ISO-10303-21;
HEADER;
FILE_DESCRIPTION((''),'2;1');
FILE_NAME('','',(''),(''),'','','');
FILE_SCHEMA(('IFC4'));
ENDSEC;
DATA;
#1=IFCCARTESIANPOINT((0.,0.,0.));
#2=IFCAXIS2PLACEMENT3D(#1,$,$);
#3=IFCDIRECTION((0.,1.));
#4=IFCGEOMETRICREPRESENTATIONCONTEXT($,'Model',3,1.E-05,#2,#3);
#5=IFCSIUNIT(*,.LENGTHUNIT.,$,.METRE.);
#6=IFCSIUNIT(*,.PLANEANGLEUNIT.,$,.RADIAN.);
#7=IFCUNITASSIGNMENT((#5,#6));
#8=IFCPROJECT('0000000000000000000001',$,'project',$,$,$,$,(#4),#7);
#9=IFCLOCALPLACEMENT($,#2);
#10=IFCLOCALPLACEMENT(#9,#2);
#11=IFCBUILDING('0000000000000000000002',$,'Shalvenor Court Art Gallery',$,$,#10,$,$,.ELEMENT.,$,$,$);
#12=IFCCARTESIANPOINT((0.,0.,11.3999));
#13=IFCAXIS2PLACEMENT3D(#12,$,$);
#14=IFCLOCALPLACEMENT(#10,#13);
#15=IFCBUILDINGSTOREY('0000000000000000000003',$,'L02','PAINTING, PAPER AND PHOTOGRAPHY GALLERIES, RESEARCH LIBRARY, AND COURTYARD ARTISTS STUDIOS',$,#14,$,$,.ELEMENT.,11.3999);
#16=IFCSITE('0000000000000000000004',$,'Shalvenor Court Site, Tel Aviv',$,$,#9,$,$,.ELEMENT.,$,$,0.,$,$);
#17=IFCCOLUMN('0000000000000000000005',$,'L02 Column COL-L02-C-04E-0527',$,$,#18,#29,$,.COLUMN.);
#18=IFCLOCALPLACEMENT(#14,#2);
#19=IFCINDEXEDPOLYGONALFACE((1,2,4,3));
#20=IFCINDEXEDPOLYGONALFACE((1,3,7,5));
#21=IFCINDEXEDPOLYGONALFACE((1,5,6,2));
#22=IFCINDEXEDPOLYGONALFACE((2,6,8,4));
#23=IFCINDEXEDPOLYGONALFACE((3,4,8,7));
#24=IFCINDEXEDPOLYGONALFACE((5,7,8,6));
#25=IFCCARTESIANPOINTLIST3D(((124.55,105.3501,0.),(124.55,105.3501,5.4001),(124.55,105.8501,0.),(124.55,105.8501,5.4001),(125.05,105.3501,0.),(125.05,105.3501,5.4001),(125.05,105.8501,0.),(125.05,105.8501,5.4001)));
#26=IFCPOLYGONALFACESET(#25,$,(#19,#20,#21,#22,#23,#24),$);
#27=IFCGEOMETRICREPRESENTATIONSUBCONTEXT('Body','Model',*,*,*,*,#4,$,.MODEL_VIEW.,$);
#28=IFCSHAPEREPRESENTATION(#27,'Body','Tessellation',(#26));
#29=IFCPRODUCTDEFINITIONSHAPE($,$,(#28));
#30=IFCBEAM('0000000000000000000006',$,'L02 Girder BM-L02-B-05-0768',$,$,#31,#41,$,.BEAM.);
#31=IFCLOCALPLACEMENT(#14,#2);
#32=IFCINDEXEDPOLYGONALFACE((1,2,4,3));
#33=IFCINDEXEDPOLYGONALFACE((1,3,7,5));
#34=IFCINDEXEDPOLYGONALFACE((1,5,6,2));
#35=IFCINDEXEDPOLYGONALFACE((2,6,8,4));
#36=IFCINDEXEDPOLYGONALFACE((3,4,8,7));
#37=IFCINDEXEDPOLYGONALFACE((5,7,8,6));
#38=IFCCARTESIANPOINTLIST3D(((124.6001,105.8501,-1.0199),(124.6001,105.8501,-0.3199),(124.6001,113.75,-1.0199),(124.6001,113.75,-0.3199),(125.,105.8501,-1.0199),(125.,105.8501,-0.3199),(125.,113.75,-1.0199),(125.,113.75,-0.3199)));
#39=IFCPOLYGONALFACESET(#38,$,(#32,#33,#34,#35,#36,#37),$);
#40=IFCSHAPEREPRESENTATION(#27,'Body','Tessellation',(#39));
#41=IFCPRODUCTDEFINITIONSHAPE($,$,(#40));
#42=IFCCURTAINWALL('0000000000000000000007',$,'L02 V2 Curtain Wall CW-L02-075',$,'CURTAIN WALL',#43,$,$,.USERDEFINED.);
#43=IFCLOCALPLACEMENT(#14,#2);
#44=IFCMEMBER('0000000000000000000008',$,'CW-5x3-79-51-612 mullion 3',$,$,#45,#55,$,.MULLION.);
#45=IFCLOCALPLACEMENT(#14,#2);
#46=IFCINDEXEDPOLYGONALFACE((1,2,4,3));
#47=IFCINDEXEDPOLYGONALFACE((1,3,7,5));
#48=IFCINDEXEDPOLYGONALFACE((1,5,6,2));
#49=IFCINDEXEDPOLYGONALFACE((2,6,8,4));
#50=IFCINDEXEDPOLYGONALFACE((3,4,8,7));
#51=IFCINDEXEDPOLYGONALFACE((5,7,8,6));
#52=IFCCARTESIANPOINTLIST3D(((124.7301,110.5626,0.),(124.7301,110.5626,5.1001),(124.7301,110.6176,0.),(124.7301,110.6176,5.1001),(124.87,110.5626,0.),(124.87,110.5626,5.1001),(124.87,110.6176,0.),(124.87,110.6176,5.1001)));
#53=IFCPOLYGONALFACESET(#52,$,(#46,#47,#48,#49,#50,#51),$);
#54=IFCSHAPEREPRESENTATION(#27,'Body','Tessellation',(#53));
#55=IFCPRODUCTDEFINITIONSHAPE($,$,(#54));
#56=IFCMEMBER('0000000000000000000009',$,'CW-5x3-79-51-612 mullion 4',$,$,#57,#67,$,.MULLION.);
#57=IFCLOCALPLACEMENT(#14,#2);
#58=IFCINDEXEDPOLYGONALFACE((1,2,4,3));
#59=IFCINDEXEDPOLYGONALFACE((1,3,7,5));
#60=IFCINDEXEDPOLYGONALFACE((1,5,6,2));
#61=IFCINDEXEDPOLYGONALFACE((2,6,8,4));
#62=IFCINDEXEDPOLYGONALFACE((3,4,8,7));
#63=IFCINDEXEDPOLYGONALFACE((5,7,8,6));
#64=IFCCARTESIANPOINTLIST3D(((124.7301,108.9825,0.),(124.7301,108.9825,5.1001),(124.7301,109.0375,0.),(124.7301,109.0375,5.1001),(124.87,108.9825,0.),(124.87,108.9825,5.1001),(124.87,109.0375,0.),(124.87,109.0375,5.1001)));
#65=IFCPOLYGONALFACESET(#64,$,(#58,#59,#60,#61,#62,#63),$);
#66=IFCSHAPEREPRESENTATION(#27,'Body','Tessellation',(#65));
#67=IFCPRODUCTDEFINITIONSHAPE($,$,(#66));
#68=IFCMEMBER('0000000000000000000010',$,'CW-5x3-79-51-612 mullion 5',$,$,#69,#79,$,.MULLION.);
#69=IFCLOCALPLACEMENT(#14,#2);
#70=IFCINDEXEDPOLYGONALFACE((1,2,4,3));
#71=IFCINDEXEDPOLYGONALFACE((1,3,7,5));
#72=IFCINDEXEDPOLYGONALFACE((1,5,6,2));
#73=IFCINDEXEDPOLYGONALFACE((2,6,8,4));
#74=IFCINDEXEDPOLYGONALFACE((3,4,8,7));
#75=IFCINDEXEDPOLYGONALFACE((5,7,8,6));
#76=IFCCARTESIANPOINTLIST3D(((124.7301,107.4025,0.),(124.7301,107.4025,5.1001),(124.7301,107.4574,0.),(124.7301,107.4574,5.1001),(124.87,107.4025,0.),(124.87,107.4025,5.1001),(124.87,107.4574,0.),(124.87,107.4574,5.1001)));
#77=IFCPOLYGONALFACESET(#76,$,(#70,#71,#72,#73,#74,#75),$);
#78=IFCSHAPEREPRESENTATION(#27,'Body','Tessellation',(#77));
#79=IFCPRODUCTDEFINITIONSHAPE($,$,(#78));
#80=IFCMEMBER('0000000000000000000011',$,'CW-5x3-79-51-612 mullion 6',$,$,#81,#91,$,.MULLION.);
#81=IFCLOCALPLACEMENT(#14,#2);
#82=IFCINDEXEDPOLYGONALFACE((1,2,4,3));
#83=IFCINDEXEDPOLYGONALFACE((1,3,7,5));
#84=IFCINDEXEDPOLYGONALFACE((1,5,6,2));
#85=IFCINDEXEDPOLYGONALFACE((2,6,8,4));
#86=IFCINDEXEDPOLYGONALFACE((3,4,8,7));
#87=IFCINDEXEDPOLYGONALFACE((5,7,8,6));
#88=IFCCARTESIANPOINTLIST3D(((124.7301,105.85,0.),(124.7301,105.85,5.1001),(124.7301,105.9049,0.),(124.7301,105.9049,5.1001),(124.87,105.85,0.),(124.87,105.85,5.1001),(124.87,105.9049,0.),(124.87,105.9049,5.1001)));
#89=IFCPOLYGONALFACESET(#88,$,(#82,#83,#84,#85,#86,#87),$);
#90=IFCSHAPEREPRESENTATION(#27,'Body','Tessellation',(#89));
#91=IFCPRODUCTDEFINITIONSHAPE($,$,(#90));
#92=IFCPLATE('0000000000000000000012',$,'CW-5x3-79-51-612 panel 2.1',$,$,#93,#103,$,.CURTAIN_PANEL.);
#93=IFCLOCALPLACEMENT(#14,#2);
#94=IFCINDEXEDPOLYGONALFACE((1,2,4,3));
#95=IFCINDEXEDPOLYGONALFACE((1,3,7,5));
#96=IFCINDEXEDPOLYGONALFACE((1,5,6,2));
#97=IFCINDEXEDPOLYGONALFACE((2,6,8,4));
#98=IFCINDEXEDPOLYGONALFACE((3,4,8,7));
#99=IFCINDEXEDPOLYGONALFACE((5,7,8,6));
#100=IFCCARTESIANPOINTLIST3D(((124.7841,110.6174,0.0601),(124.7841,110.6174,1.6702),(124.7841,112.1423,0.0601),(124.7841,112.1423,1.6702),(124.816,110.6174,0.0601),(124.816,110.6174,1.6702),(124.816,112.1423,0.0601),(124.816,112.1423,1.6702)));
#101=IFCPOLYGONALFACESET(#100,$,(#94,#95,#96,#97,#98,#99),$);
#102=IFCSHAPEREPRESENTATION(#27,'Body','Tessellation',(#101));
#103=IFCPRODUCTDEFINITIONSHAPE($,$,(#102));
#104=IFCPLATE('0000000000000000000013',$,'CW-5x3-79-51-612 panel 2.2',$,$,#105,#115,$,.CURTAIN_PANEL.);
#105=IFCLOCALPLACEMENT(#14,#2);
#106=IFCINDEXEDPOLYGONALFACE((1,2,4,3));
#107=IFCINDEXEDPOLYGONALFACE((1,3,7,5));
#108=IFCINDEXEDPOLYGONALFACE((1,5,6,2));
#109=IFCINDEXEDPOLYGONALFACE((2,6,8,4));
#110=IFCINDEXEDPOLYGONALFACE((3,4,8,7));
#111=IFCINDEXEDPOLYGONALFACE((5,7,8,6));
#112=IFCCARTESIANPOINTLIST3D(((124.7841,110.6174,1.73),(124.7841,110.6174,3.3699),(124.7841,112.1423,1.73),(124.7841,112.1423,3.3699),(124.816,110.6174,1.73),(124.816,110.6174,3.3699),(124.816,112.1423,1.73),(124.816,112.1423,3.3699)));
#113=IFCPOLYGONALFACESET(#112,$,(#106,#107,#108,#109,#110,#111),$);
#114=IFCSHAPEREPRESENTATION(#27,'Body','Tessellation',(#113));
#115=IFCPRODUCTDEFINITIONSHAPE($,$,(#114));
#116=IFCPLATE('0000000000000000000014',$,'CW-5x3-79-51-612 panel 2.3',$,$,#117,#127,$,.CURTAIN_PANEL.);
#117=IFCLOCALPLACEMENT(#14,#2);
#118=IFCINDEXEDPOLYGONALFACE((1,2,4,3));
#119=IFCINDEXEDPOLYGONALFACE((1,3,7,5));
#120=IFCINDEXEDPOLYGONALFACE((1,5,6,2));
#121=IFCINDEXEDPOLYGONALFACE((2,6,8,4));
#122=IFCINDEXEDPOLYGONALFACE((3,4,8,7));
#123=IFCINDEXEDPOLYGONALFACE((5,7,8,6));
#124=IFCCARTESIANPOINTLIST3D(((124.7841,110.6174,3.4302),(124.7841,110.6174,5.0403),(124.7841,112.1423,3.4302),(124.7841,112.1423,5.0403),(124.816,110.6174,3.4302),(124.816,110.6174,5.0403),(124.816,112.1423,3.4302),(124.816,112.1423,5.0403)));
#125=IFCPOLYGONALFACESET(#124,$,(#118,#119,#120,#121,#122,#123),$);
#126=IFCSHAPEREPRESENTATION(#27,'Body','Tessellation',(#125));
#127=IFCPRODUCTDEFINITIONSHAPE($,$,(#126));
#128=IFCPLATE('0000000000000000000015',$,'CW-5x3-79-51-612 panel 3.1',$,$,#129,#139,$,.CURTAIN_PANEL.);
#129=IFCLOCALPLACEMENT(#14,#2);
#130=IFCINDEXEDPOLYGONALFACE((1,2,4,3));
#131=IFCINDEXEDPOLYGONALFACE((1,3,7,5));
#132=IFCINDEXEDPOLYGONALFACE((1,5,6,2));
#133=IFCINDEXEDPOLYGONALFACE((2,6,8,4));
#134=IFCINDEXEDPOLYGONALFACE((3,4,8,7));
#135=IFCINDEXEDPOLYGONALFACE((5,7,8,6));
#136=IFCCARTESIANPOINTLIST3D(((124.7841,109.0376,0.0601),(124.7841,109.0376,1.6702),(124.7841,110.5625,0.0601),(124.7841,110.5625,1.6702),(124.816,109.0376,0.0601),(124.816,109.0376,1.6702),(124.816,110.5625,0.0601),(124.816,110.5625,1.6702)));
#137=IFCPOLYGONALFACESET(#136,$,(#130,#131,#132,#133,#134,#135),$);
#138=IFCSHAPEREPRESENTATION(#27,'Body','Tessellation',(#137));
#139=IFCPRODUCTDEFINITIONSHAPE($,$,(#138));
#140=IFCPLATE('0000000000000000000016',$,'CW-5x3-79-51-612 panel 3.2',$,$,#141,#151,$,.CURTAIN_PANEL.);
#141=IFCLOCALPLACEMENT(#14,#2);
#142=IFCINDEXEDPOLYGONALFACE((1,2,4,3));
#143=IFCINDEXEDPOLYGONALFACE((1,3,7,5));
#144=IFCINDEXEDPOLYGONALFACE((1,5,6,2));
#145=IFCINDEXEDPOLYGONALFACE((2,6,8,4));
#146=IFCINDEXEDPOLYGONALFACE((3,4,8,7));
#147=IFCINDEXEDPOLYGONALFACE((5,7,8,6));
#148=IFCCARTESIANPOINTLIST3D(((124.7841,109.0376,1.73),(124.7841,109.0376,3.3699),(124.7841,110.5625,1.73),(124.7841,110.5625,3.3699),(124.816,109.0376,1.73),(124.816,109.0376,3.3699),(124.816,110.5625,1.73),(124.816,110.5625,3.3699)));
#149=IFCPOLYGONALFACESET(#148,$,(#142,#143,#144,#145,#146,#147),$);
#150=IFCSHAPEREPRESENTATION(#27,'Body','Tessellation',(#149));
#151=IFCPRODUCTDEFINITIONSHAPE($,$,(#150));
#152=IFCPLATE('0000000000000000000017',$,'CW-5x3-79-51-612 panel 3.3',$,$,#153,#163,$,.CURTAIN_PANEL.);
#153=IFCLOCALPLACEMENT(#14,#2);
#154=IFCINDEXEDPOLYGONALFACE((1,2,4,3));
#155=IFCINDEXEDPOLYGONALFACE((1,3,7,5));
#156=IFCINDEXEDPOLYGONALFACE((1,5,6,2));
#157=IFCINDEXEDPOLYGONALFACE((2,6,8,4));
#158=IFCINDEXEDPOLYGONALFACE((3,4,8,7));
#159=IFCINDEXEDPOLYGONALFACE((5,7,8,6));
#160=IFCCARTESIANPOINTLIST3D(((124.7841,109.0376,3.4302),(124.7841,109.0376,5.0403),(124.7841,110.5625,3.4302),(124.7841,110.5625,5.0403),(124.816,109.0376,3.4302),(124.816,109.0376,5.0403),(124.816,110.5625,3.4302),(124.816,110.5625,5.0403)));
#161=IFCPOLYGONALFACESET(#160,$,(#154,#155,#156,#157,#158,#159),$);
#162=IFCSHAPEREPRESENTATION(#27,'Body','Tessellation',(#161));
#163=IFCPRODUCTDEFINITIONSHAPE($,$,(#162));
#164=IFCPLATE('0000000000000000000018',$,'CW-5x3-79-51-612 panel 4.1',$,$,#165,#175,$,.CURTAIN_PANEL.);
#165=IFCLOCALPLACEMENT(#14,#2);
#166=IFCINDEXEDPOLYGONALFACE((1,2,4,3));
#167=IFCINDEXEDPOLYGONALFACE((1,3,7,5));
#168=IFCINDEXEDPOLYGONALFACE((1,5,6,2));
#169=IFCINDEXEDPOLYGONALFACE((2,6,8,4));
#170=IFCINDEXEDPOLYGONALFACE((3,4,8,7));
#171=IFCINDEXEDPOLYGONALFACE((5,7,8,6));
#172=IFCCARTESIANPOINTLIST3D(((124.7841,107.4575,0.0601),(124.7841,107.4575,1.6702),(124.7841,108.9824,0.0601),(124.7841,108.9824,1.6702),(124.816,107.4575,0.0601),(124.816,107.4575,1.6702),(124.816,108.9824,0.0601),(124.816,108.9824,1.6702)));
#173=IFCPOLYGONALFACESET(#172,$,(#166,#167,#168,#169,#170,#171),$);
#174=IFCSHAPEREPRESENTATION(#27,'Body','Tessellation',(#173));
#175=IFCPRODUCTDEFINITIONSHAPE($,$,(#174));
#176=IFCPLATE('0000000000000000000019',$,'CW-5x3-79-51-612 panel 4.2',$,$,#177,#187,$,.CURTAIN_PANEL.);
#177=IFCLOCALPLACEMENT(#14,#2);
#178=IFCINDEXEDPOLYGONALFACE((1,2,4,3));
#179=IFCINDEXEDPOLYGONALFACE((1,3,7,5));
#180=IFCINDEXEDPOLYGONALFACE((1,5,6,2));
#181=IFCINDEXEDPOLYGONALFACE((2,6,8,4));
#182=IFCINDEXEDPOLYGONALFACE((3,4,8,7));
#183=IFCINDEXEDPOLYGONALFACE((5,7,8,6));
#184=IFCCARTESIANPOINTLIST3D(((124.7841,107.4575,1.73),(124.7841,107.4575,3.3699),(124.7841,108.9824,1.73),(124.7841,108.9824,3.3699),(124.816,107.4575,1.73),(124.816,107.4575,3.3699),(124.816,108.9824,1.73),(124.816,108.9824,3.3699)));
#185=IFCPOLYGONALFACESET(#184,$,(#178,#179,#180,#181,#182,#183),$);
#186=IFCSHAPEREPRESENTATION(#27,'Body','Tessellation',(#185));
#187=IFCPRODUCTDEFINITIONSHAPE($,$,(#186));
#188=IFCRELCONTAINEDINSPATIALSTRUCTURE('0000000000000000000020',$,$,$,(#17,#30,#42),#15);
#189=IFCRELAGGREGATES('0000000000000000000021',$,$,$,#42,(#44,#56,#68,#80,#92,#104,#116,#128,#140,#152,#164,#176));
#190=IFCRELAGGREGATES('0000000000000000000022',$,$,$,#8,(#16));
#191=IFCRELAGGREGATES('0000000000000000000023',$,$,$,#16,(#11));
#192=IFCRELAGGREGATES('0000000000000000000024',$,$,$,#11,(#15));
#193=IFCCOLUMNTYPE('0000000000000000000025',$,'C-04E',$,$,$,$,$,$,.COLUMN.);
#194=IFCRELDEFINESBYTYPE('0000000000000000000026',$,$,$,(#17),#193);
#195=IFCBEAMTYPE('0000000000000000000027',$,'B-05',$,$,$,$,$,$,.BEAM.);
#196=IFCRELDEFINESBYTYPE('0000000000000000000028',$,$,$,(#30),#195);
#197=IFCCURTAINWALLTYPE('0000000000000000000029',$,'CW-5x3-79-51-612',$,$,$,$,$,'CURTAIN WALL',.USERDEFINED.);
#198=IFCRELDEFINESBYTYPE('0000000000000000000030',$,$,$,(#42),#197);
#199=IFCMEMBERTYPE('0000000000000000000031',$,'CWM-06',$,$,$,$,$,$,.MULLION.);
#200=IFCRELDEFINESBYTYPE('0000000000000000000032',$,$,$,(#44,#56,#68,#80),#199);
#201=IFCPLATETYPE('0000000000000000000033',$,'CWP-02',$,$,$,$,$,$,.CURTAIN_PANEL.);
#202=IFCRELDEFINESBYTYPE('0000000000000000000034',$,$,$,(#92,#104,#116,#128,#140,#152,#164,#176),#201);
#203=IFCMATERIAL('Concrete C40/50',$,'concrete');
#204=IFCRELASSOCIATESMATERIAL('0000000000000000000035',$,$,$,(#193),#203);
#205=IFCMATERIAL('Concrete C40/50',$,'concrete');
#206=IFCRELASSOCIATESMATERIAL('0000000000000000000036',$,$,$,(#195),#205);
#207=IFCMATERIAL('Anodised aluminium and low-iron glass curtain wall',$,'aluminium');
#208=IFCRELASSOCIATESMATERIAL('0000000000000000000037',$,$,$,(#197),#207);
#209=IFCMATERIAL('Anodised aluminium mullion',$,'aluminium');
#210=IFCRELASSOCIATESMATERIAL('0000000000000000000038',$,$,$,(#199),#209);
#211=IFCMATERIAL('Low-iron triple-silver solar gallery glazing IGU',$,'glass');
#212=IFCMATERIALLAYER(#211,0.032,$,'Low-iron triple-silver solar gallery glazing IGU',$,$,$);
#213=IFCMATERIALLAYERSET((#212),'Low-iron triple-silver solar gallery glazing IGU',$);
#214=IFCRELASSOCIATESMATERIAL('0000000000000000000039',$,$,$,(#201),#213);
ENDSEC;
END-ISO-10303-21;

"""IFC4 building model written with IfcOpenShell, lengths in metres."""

from ifc_helpers import new_model, si_unit, direction, frame, origin, origin_2d, place, context, subcontext, project, spatial, rectangle, extrude, material, layer, layer_set, material_profile, profile_set, type_object, element, aggregate, save


model = new_model("IFC4")

# Units and contexts
model_context = context("Model", 3, precision=1e-05, world=origin(), true_north=direction((0.0, 1.0)))
body_context = subcontext(model_context, "Body", "Model", "MODEL_VIEW")
ifc_project = project(units=[si_unit("LENGTHUNIT", "METRE"), si_unit("PLANEANGLEUNIT", "RADIAN")], contexts=[model_context])

# Site, building, storey
site_placement = place(None, origin())
site = spatial("IfcSite", under=ifc_project, at=site_placement, Name="Shalvenor Court Site, Tel Aviv", CompositionType="ELEMENT", RefElevation=0.0)
building_placement = place(site_placement, origin())
building = spatial("IfcBuilding", under=site, at=building_placement, Name="Shalvenor Court Art Gallery", CompositionType="ELEMENT")
storey_placement = place(building_placement, frame((0.0, 0.0, 11.3999)))
storey = spatial("IfcBuildingStorey", under=building, at=storey_placement, Name="L02", Description="PAINTING, PAPER AND PHOTOGRAPHY GALLERIES, RESEARCH LIBRARY, AND COURTYARD ARTISTS STUDIOS", CompositionType="ELEMENT", Elevation=11.3999)

# Column
ifc_material_1 = material(Name="Concrete C40/50", Category="concrete")
ifc_material_profile_1 = material_profile(ifc_material_1, rectangle(XDim=0.5, YDim=0.5, at=origin_2d()), Name="RC 500x500")
ifc_profile_set_1 = profile_set([ifc_material_profile_1], Name="Concrete C40/50")
column_type = type_object("IfcColumnType", Name="C-04E", PredefinedType="COLUMN", material=ifc_profile_set_1)
column_placement = place(storey_placement, frame((124.8, 105.6001, 0.0), z_axis=(0.0, 0.0, 1.0), x_axis=(1.0, 0.0, 0.0)))
element("IfcColumn", 1, at=column_placement, inside=storey, type_object=column_type, Name="L02 Column COL-L02-C-04E-0527", PredefinedType="COLUMN", context=body_context, shape_type="SweptSolid", body=[
    extrude(rectangle(XDim=0.5, YDim=0.5, at=origin_2d()), origin(), (0.0, 0.0, 1.0), 5.4001),
])

# Beam
ifc_material_2 = material(Name="Concrete C40/50", Category="concrete")
ifc_material_profile_2 = material_profile(ifc_material_2, rectangle(XDim=0.3999, YDim=0.7, at=origin_2d()), Name="RC 400x700")
ifc_profile_set_2 = profile_set([ifc_material_profile_2], Name="Concrete C40/50")
beam_type = type_object("IfcBeamType", Name="B-05", PredefinedType="BEAM", material=ifc_profile_set_2)
beam_placement = place(storey_placement, frame((124.8, 105.8501, -0.6699), z_axis=(0.0, 1.0, 0.0), x_axis=(-1.0, 0.0, 0.0)))
element("IfcBeam", 2, at=beam_placement, inside=storey, type_object=beam_type, Name="L02 Girder BM-L02-B-05-0768", PredefinedType="BEAM", context=body_context, shape_type="SweptSolid", body=[
    extrude(rectangle(XDim=0.3999, YDim=0.7, at=origin_2d()), origin(), (0.0, 0.0, 1.0), 7.8999),
])

# Curtain wall, members, plates
ifc_material_3 = material(Name="Anodised aluminium and low-iron glass curtain wall", Category="aluminium")
curtain_wall_type = type_object("IfcCurtainWallType", Name="CW-5x3-79-51-612", ElementType="CURTAIN WALL", PredefinedType="USERDEFINED", material=ifc_material_3)
curtain_wall_placement = place(storey_placement, origin())
curtain_wall = element("IfcCurtainWall", 3, at=curtain_wall_placement, inside=storey, type_object=curtain_wall_type, Name="L02 V2 Curtain Wall CW-L02-075", ObjectType="CURTAIN WALL", PredefinedType="USERDEFINED")
ifc_material_4 = material(Name="Anodised aluminium mullion", Category="aluminium")
ifc_material_profile_3 = material_profile(ifc_material_4, rectangle(XDim=0.0549, YDim=0.1399, at=origin_2d()), Name="CWM-06")
ifc_profile_set_3 = profile_set([ifc_material_profile_3], Name="Anodised aluminium mullion")
member_type = type_object("IfcMemberType", Name="CWM-06", PredefinedType="MULLION", material=ifc_profile_set_3)
member_1_placement = place(storey_placement, frame((124.8, 110.5901, 0.0), z_axis=(0.0, 0.0, 1.0), x_axis=(0.0, -1.0, 0.0)))
member_1 = element("IfcMember", 4, at=member_1_placement, type_object=member_type, Name="CW-5x3-79-51-612 mullion 3", PredefinedType="MULLION", context=body_context, shape_type="SweptSolid", body=[
    extrude(rectangle(XDim=0.0549, YDim=0.1399, at=origin_2d()), origin(), (0.0, 0.0, 1.0), 5.1001),
])
member_2_placement = place(storey_placement, frame((124.8, 109.01, 0.0), z_axis=(0.0, 0.0, 1.0), x_axis=(0.0, -1.0, 0.0)))
member_2 = element("IfcMember", 5, at=member_2_placement, type_object=member_type, Name="CW-5x3-79-51-612 mullion 4", PredefinedType="MULLION", context=body_context, shape_type="SweptSolid", body=[
    extrude(rectangle(XDim=0.0549, YDim=0.1399, at=origin_2d()), origin(), (0.0, 0.0, 1.0), 5.1001),
])
member_3_placement = place(storey_placement, frame((124.8, 107.4299, 0.0), z_axis=(0.0, 0.0, 1.0), x_axis=(0.0, -1.0, 0.0)))
member_3 = element("IfcMember", 6, at=member_3_placement, type_object=member_type, Name="CW-5x3-79-51-612 mullion 5", PredefinedType="MULLION", context=body_context, shape_type="SweptSolid", body=[
    extrude(rectangle(XDim=0.0549, YDim=0.1399, at=origin_2d()), origin(), (0.0, 0.0, 1.0), 5.1001),
])
member_4_placement = place(storey_placement, frame((124.8, 105.8774, 0.0), z_axis=(0.0, 0.0, 1.0), x_axis=(0.0, -1.0, 0.0)))
member_4 = element("IfcMember", 7, at=member_4_placement, type_object=member_type, Name="CW-5x3-79-51-612 mullion 6", PredefinedType="MULLION", context=body_context, shape_type="SweptSolid", body=[
    extrude(rectangle(XDim=0.0549, YDim=0.1399, at=origin_2d()), origin(), (0.0, 0.0, 1.0), 5.1001),
])
ifc_material_5 = material(Name="Low-iron triple-silver solar gallery glazing IGU", Category="glass")
ifc_layer_1 = layer(ifc_material_5, 0.032, Name="Low-iron triple-silver solar gallery glazing IGU")
ifc_layer_set_1 = layer_set([ifc_layer_1], Name="Low-iron triple-silver solar gallery glazing IGU")
plate_type_1 = type_object("IfcPlateType", Name="CWP-02", PredefinedType="CURTAIN_PANEL", material=ifc_layer_set_1)
plate_1_placement = place(storey_placement, frame((124.8, 111.3799, 0.0601), z_axis=(0.0, 0.0, 1.0), x_axis=(0.0, -1.0, 0.0)))
plate_1 = element("IfcPlate", 8, at=plate_1_placement, type_object=plate_type_1, Name="CW-5x3-79-51-612 panel 2.1", PredefinedType="CURTAIN_PANEL", context=body_context, shape_type="SweptSolid", body=[
    extrude(rectangle(XDim=1.5249, YDim=0.032, at=origin_2d()), origin(), (0.0, 0.0, 1.0), 1.6101),
])
plate_2_placement = place(storey_placement, frame((124.8, 111.3799, 1.73), z_axis=(0.0, 0.0, 1.0), x_axis=(0.0, -1.0, 0.0)))
plate_2 = element("IfcPlate", 9, at=plate_2_placement, type_object=plate_type_1, Name="CW-5x3-79-51-612 panel 2.2", PredefinedType="CURTAIN_PANEL", context=body_context, shape_type="SweptSolid", body=[
    extrude(rectangle(XDim=1.5249, YDim=0.032, at=origin_2d()), origin(), (0.0, 0.0, 1.0), 1.6399),
])
plate_3_placement = place(storey_placement, frame((124.8, 111.3799, 3.4302), z_axis=(0.0, 0.0, 1.0), x_axis=(0.0, -1.0, 0.0)))
plate_3 = element("IfcPlate", 10, at=plate_3_placement, type_object=plate_type_1, Name="CW-5x3-79-51-612 panel 2.3", PredefinedType="CURTAIN_PANEL", context=body_context, shape_type="SweptSolid", body=[
    extrude(rectangle(XDim=1.5249, YDim=0.032, at=origin_2d()), origin(), (0.0, 0.0, 1.0), 1.6101),
])
plate_4_placement = place(storey_placement, frame((124.8, 109.8, 0.0601), z_axis=(0.0, 0.0, 1.0), x_axis=(0.0, -1.0, 0.0)))
plate_4 = element("IfcPlate", 11, at=plate_4_placement, type_object=plate_type_1, Name="CW-5x3-79-51-612 panel 3.1", PredefinedType="CURTAIN_PANEL", context=body_context, shape_type="SweptSolid", body=[
    extrude(rectangle(XDim=1.5249, YDim=0.032, at=origin_2d()), origin(), (0.0, 0.0, 1.0), 1.6101),
])
plate_5_placement = place(storey_placement, frame((124.8, 109.8, 1.73), z_axis=(0.0, 0.0, 1.0), x_axis=(0.0, -1.0, 0.0)))
plate_5 = element("IfcPlate", 12, at=plate_5_placement, type_object=plate_type_1, Name="CW-5x3-79-51-612 panel 3.2", PredefinedType="CURTAIN_PANEL", context=body_context, shape_type="SweptSolid", body=[
    extrude(rectangle(XDim=1.5249, YDim=0.032, at=origin_2d()), origin(), (0.0, 0.0, 1.0), 1.6399),
])
plate_6_placement = place(storey_placement, frame((124.8, 109.8, 3.4302), z_axis=(0.0, 0.0, 1.0), x_axis=(0.0, -1.0, 0.0)))
plate_6 = element("IfcPlate", 13, at=plate_6_placement, type_object=plate_type_1, Name="CW-5x3-79-51-612 panel 3.3", PredefinedType="CURTAIN_PANEL", context=body_context, shape_type="SweptSolid", body=[
    extrude(rectangle(XDim=1.5249, YDim=0.032, at=origin_2d()), origin(), (0.0, 0.0, 1.0), 1.6101),
])
plate_7_placement = place(storey_placement, frame((124.8, 108.22, 0.0601), z_axis=(0.0, 0.0, 1.0), x_axis=(0.0, -1.0, 0.0)))
plate_7 = element("IfcPlate", 14, at=plate_7_placement, type_object=plate_type_1, Name="CW-5x3-79-51-612 panel 4.1", PredefinedType="CURTAIN_PANEL", context=body_context, shape_type="SweptSolid", body=[
    extrude(rectangle(XDim=1.5249, YDim=0.032, at=origin_2d()), origin(), (0.0, 0.0, 1.0), 1.6101),
])
plate_8_placement = place(storey_placement, frame((124.8, 108.22, 1.73), z_axis=(0.0, 0.0, 1.0), x_axis=(0.0, -1.0, 0.0)))
plate_8 = element("IfcPlate", 15, at=plate_8_placement, type_object=plate_type_1, Name="CW-5x3-79-51-612 panel 4.2", PredefinedType="CURTAIN_PANEL", context=body_context, shape_type="SweptSolid", body=[
    extrude(rectangle(XDim=1.5249, YDim=0.032, at=origin_2d()), origin(), (0.0, 0.0, 1.0), 1.6399),
])
aggregate(curtain_wall, [member_1, member_2, member_3, member_4, plate_1, plate_2, plate_3, plate_4, plate_5, plate_6, plate_7, plate_8])

save(model, "model.ifc")
